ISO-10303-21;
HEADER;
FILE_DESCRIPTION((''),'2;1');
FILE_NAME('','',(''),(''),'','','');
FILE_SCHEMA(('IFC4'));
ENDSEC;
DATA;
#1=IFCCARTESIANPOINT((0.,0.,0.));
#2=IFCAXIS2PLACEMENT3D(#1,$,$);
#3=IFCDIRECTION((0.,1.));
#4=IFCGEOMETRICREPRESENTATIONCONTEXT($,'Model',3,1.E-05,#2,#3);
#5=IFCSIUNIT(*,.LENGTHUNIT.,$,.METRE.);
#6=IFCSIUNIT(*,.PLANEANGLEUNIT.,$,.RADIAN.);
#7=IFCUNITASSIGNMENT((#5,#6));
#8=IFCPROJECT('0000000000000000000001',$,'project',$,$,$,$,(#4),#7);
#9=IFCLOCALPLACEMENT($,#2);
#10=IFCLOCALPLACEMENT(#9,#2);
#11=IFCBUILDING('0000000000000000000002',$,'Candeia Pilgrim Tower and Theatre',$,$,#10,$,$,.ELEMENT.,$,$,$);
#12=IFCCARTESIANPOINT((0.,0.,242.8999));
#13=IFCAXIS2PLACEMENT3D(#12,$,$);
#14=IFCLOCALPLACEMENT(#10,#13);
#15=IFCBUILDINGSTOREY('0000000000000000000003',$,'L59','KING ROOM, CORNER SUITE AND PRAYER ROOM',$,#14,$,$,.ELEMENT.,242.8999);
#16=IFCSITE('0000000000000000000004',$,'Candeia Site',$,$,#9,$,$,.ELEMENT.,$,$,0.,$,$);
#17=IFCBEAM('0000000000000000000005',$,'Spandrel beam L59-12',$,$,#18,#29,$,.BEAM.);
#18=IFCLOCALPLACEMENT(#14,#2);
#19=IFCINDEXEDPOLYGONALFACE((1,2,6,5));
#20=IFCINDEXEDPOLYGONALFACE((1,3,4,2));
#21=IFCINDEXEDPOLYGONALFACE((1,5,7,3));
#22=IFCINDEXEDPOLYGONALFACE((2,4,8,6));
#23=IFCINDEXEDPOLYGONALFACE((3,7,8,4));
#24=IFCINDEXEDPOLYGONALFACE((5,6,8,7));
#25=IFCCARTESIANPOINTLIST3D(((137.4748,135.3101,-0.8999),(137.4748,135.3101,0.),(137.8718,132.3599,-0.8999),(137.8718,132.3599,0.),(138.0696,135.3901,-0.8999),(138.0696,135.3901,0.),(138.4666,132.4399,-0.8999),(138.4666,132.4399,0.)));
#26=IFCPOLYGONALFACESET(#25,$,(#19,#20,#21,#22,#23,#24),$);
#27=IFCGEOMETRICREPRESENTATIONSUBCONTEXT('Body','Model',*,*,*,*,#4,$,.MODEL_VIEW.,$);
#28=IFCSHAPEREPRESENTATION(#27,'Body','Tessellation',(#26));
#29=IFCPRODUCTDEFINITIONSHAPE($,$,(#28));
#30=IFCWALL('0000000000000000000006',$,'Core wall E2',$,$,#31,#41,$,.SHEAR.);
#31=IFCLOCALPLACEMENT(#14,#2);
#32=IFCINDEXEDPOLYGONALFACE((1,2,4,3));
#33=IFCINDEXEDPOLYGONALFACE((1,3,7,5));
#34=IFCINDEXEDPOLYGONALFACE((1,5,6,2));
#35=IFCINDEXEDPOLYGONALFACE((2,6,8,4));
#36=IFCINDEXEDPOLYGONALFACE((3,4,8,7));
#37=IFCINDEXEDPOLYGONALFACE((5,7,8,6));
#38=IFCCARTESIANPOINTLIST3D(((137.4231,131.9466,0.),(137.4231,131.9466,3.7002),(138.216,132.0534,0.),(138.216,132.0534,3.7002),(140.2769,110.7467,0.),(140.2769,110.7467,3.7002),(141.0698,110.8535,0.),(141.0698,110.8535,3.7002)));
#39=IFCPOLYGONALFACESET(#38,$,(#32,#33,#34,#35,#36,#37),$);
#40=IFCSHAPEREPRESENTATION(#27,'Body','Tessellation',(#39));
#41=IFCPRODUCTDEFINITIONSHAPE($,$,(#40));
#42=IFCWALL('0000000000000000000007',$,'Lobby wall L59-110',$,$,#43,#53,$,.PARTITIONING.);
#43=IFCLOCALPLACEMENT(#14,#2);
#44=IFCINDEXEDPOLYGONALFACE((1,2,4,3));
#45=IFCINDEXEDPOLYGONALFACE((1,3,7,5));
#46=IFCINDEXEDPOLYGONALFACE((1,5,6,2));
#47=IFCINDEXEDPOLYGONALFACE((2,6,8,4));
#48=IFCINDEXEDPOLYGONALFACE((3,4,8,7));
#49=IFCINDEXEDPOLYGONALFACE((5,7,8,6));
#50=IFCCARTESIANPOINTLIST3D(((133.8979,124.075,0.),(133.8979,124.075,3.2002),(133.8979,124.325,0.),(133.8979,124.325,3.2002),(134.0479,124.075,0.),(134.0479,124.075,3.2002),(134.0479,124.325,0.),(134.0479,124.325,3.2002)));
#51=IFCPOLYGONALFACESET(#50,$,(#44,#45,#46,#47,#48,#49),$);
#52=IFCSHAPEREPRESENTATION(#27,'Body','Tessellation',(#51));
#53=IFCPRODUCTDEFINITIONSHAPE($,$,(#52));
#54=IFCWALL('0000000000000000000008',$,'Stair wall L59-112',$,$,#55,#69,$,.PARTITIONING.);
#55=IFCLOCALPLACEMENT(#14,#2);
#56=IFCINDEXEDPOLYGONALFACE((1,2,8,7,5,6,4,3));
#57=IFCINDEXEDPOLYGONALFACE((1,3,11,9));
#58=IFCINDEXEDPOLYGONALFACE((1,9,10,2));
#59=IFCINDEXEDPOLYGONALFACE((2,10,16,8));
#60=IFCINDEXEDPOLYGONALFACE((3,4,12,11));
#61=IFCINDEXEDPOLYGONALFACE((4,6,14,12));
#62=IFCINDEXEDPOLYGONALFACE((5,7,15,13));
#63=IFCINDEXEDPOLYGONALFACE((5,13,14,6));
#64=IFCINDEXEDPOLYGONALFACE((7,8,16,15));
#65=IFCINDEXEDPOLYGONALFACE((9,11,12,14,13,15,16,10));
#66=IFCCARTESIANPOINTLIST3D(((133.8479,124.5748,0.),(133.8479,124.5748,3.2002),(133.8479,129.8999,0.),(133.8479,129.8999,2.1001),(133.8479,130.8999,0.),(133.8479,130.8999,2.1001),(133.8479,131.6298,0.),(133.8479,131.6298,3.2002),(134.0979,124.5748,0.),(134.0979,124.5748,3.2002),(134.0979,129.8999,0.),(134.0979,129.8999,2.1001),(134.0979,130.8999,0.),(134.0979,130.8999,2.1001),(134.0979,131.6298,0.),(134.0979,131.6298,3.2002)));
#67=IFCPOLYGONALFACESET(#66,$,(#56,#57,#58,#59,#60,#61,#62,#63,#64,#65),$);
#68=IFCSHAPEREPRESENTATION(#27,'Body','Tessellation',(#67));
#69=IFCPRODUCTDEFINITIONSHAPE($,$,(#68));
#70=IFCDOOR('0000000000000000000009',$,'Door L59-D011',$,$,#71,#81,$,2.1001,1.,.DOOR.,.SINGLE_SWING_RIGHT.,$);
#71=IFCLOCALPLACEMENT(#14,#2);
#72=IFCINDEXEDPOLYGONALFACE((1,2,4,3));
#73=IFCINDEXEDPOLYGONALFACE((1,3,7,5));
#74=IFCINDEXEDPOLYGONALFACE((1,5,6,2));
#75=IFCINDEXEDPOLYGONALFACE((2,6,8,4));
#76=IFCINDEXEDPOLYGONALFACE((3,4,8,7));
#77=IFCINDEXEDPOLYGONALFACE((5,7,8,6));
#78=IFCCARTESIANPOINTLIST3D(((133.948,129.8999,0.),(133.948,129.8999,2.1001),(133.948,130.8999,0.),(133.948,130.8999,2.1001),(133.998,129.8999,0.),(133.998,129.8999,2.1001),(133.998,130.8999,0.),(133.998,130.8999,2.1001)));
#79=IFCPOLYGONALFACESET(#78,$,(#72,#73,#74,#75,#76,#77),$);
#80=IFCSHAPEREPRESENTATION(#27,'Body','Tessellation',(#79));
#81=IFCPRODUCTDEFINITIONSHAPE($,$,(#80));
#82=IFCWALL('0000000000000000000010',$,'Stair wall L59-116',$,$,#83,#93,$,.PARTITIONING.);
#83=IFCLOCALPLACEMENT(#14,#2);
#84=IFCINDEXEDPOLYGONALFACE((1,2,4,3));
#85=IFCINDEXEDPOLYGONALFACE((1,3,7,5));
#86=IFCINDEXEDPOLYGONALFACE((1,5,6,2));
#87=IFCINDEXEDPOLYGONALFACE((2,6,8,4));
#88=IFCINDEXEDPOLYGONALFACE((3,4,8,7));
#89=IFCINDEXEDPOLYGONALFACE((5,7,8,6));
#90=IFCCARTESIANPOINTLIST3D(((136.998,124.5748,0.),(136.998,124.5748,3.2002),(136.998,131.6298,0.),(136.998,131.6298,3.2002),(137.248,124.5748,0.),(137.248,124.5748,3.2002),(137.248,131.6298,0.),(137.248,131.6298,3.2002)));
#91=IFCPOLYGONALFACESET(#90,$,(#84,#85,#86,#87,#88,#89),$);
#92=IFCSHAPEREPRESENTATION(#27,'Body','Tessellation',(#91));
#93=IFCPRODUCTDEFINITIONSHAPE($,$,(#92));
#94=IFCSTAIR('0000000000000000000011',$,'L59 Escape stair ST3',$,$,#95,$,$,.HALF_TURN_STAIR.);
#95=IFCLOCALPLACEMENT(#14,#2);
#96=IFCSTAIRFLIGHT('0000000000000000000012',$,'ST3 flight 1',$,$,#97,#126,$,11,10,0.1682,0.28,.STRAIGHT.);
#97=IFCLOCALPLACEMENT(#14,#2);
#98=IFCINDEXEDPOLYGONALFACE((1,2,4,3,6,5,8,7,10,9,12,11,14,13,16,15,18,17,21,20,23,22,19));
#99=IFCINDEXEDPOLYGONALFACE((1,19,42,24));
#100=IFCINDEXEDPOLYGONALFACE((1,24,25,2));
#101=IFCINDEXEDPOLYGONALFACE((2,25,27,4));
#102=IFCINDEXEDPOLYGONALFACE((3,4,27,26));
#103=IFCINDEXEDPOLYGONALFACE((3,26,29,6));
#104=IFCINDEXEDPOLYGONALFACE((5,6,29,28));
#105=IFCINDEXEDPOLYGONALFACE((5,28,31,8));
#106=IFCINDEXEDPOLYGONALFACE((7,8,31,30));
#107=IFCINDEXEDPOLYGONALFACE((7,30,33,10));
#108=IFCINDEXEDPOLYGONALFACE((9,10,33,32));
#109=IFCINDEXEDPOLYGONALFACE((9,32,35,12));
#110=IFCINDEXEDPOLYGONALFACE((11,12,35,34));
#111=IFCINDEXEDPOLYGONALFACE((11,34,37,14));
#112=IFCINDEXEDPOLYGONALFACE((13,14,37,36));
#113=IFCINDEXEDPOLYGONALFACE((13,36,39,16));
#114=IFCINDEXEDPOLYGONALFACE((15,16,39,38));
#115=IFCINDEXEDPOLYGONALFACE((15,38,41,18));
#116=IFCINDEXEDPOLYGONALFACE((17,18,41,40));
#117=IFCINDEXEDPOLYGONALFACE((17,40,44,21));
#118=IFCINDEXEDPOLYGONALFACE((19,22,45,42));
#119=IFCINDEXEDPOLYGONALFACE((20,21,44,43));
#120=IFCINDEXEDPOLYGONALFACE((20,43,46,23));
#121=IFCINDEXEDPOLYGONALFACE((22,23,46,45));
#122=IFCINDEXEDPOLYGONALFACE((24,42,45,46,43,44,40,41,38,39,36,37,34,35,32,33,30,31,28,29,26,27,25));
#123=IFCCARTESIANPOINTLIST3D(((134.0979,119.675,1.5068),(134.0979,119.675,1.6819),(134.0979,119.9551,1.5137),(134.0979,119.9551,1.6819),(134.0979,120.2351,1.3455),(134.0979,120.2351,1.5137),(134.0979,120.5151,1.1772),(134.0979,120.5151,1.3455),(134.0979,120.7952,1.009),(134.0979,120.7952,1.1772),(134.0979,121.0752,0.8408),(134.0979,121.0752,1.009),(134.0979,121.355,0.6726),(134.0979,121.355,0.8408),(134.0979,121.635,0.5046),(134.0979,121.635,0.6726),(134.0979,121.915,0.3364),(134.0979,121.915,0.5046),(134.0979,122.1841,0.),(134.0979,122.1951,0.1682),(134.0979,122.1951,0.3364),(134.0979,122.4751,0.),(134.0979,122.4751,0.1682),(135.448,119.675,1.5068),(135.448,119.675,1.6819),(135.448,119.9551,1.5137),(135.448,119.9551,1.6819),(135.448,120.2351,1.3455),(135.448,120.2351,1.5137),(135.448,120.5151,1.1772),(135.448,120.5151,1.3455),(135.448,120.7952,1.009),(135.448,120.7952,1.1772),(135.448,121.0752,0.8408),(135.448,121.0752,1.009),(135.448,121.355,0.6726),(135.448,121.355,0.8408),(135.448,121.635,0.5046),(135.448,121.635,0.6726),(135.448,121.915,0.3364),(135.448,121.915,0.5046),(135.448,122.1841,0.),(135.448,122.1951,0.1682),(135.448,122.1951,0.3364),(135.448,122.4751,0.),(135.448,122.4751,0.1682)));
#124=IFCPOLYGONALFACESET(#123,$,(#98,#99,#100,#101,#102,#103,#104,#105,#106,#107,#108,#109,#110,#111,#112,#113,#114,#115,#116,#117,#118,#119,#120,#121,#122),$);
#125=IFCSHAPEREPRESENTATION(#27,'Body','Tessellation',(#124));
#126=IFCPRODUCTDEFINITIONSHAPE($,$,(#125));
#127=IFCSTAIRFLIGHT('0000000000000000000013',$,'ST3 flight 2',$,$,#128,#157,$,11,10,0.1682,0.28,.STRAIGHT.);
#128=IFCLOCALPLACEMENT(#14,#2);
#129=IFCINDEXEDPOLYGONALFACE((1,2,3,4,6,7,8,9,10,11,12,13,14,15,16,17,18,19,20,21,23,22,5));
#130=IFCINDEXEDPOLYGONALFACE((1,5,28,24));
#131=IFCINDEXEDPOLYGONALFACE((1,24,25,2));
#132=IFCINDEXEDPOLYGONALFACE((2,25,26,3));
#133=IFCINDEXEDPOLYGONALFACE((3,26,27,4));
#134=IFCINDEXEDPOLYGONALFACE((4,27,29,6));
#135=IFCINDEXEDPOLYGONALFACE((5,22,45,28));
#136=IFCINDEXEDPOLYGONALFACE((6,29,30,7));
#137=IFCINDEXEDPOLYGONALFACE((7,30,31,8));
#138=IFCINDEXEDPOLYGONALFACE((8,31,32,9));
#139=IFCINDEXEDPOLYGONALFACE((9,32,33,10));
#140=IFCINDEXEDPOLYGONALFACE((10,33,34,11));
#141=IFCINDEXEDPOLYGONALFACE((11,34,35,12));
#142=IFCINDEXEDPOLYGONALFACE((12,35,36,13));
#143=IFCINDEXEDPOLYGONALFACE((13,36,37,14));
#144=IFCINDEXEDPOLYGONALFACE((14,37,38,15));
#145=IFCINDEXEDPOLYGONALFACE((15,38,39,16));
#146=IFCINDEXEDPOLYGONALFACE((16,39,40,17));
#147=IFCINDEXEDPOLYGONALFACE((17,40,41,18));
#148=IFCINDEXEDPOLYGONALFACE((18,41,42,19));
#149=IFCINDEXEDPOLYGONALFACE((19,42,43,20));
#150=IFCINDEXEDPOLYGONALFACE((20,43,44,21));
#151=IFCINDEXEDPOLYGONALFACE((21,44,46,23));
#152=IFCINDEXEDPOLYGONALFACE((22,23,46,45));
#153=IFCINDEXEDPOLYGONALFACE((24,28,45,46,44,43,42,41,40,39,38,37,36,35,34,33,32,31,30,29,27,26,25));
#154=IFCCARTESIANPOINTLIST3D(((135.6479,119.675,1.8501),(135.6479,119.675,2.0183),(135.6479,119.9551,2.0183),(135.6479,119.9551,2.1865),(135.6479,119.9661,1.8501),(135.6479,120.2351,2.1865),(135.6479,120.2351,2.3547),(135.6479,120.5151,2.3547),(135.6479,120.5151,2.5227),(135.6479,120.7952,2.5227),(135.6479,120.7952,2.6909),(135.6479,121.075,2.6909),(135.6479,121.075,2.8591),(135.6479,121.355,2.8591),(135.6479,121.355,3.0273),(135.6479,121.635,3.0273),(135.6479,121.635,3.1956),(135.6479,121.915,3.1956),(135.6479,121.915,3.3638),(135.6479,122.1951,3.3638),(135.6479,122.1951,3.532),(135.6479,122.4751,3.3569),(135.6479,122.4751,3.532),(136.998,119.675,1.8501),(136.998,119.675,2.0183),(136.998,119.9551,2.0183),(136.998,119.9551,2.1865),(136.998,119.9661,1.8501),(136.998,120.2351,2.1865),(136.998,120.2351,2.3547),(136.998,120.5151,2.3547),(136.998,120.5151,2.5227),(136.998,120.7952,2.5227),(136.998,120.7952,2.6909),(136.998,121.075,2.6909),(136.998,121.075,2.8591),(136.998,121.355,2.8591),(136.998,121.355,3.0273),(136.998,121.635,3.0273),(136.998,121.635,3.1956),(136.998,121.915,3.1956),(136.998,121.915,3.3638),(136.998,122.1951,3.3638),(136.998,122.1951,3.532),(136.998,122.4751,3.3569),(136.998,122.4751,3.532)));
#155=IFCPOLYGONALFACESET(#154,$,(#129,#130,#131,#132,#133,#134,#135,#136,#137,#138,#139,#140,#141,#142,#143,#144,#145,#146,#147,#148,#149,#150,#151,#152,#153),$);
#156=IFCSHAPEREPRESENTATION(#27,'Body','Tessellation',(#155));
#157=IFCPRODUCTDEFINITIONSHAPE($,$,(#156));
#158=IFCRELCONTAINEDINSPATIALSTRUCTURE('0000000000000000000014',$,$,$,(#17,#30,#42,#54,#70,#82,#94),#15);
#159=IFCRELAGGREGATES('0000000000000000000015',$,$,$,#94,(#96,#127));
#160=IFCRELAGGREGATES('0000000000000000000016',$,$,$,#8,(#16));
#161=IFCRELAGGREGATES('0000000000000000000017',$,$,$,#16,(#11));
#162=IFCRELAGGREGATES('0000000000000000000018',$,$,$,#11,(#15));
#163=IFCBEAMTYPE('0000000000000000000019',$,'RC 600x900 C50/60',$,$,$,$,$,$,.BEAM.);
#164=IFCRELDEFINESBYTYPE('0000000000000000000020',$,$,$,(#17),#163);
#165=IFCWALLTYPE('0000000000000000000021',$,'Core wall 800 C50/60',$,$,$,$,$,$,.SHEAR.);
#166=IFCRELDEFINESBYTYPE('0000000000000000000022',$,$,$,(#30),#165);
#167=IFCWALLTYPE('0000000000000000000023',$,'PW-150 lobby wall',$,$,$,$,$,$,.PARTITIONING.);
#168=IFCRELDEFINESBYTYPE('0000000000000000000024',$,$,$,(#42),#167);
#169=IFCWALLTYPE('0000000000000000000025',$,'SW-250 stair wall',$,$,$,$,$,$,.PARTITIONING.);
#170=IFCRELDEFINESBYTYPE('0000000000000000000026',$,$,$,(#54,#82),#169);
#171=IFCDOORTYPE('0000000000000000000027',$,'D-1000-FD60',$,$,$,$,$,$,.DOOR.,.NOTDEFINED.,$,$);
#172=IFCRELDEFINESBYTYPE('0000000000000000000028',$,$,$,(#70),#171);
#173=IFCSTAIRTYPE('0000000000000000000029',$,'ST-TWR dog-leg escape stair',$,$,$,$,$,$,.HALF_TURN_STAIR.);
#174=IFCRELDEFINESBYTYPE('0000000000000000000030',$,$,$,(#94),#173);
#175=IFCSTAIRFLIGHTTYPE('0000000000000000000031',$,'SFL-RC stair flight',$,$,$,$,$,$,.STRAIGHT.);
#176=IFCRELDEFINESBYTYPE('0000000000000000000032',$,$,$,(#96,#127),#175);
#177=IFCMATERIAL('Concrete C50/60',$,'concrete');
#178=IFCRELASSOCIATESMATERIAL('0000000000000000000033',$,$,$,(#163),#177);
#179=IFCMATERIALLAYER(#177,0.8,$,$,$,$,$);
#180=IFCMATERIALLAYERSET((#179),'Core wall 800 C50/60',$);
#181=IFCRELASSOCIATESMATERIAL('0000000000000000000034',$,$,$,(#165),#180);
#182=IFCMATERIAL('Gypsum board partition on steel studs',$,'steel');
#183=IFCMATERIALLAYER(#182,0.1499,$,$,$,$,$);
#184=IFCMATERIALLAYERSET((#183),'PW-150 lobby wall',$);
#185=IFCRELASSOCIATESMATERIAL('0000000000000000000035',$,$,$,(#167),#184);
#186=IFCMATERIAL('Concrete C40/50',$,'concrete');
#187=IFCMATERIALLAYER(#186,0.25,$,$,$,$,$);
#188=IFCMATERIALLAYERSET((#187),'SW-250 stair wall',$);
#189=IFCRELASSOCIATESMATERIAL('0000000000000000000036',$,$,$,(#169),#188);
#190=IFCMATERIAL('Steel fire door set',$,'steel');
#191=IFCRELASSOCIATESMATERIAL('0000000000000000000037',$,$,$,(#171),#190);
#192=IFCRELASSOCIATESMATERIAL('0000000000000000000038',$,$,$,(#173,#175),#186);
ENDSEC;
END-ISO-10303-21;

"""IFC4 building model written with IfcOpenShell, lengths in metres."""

from ifc_helpers import new_model, si_unit, direction, frame, frame_2d, origin, origin_2d, place, context, subcontext, project, spatial, polyline, rectangle, outline, extrude, material, layer, layer_set, material_profile, profile_set, type_object, element, fill, aggregate, save


model = new_model("IFC4")

# Units and contexts
model_context = context("Model", 3, precision=1e-05, world=origin(), true_north=direction((0.0, 1.0)))
body_context = subcontext(model_context, "Body", "Model", "MODEL_VIEW")
ifc_project = project(units=[si_unit("LENGTHUNIT", "METRE"), si_unit("PLANEANGLEUNIT", "RADIAN")], contexts=[model_context])

# Site, building, storey
site_placement = place(None, origin())
site = spatial("IfcSite", under=ifc_project, at=site_placement, Name="Candeia Site", CompositionType="ELEMENT", RefElevation=0.0)
building_placement = place(site_placement, origin())
building = spatial("IfcBuilding", under=site, at=building_placement, Name="Candeia Pilgrim Tower and Theatre", CompositionType="ELEMENT")
storey_placement = place(building_placement, frame((0.0, 0.0, 242.8999)))
storey = spatial("IfcBuildingStorey", under=building, at=storey_placement, Name="L59", Description="KING ROOM, CORNER SUITE AND PRAYER ROOM", CompositionType="ELEMENT", Elevation=242.8999)

# Beam
ifc_material_1 = material(Name="Concrete C50/60", Category="concrete")
ifc_material_profile = material_profile(ifc_material_1, rectangle(XDim=0.6001, YDim=0.8999, at=origin_2d()))
ifc_profile_set = profile_set([ifc_material_profile], Name="Concrete C50/60")
beam_type = type_object("IfcBeamType", Name="RC 600x900 C50/60", PredefinedType="BEAM", material=ifc_profile_set)
beam_placement = place(storey_placement, frame((138.1692, 132.3999, -0.45), z_axis=(-0.133356, 0.991068, 0.0), x_axis=(-0.991068, -0.133356, 0.0)))
element("IfcBeam", 1, at=beam_placement, inside=storey, type_object=beam_type, Name="Spandrel beam L59-12", PredefinedType="BEAM", context=body_context, shape_type="SweptSolid", body=[
    extrude(rectangle(XDim=0.6001, YDim=0.8999, at=origin_2d()), origin(), (0.0, 0.0, 1.0), 2.9768),
])

# Wall
ifc_layer_1 = layer(ifc_material_1, 0.8)
ifc_layer_set_1 = layer_set([ifc_layer_1], Name="Core wall 800 C50/60")
wall_type_1 = type_object("IfcWallType", Name="Core wall 800 C50/60", PredefinedType="SHEAR", material=ifc_layer_set_1)
wall_1_placement = place(storey_placement, frame((137.8196, 132.0, 0.0), z_axis=(0.0, 0.0, 1.0), x_axis=(0.133408, -0.991061, 0.0)))
element("IfcWall", 2, at=wall_1_placement, inside=storey, type_object=wall_type_1, Name="Core wall E2", PredefinedType="SHEAR", context=body_context, shape_type="SweptSolid", body=[
    extrude(rectangle(XDim=21.3911, YDim=0.8, at=frame_2d((10.6956, 0.0))), origin(), (0.0, 0.0, 1.0), 3.7002),
])

# Wall
ifc_material_2 = material(Name="Gypsum board partition on steel studs", Category="steel")
ifc_layer_2 = layer(ifc_material_2, 0.1499)
ifc_layer_set_2 = layer_set([ifc_layer_2], Name="PW-150 lobby wall")
wall_type_2 = type_object("IfcWallType", Name="PW-150 lobby wall", PredefinedType="PARTITIONING", material=ifc_layer_set_2)
wall_2_placement = place(storey_placement, frame((133.9729, 124.075, 0.0), z_axis=(0.0, 0.0, 1.0), x_axis=(0.0, 1.0, 0.0)))
element("IfcWall", 3, at=wall_2_placement, inside=storey, type_object=wall_type_2, Name="Lobby wall L59-110", PredefinedType="PARTITIONING", context=body_context, shape_type="SweptSolid", body=[
    extrude(rectangle(XDim=0.25, YDim=0.1499, at=frame_2d((0.125, 0.0))), origin(), (0.0, 0.0, 1.0), 3.2002),
])

# Wall, opening, door
ifc_material_3 = material(Name="Concrete C40/50", Category="concrete")
ifc_layer_3 = layer(ifc_material_3, 0.25)
ifc_layer_set_3 = layer_set([ifc_layer_3], Name="SW-250 stair wall")
wall_type_3 = type_object("IfcWallType", Name="SW-250 stair wall", PredefinedType="PARTITIONING", material=ifc_layer_set_3)
wall_3_placement = place(storey_placement, frame((133.9729, 124.575, 0.0), z_axis=(0.0, 0.0, 1.0), x_axis=(0.0, 1.0, 0.0)))
wall_3 = element("IfcWall", 4, at=wall_3_placement, inside=storey, type_object=wall_type_3, Name="Stair wall L59-112", PredefinedType="PARTITIONING", context=body_context, shape_type="SweptSolid", body=[
    extrude(rectangle(XDim=7.0549, YDim=0.25, at=frame_2d((3.5273, 0.0))), origin(), (0.0, 0.0, 1.0), 3.2002),
])
opening_1_placement = place(wall_3_placement, frame((5.325, 0.0, 0.0)))
opening_1 = element("IfcOpeningElement", 5, at=opening_1_placement, cuts=wall_3, PredefinedType="OPENING", context=body_context, shape_type="SweptSolid", body=[
    extrude(rectangle(XDim=1.0, YDim=2.1001, at=frame_2d((0.5, 1.05))), frame((0.0, 0.135, 0.0), z_axis=(0.0, -1.0, 0.0), x_axis=(1.0, 0.0, 0.0)), (0.0, 0.0, 1.0), 0.27),
])
ifc_material_4 = material(Name="Steel fire door set", Category="steel")
door_type_1 = type_object("IfcDoorType", Name="D-1000-FD60", OperationType="NOTDEFINED", PredefinedType="DOOR", material=ifc_material_4)
door_1_placement = place(opening_1_placement, origin())
door_1 = element("IfcDoor", 6, at=door_1_placement, inside=storey, type_object=door_type_1, Name="Door L59-D011", OperationType="SINGLE_SWING_RIGHT", OverallHeight=2.1001, OverallWidth=1.0, PredefinedType="DOOR", context=body_context, shape_type="SweptSolid", body=[
    extrude(rectangle(XDim=1.0, YDim=2.1001, at=frame_2d((0.5, 1.05))), frame((0.0, 0.0249, 0.0), z_axis=(0.0, -1.0, 0.0), x_axis=(1.0, 0.0, 0.0)), (0.0, 0.0, 1.0), 0.05),
])
fill(opening_1, door_1)

# Wall
wall_4_placement = place(storey_placement, frame((137.123, 124.575, 0.0), z_axis=(0.0, 0.0, 1.0), x_axis=(0.0, 1.0, 0.0)))
element("IfcWall", 7, at=wall_4_placement, inside=storey, type_object=wall_type_3, Name="Stair wall L59-116", PredefinedType="PARTITIONING", context=body_context, shape_type="SweptSolid", body=[
    extrude(rectangle(XDim=7.0549, YDim=0.25, at=frame_2d((3.5273, 0.0))), origin(), (0.0, 0.0, 1.0), 3.2002),
])

# Stair, stair flights
stair_type = type_object("IfcStairType", Name="ST-TWR dog-leg escape stair", PredefinedType="HALF_TURN_STAIR", material=ifc_material_3)
stair_1_placement = place(storey_placement, origin())
stair_1 = element("IfcStair", 8, at=stair_1_placement, inside=storey, type_object=stair_type, Name="L59 Escape stair ST3", PredefinedType="HALF_TURN_STAIR")
stair_flight_type = type_object("IfcStairFlightType", Name="SFL-RC stair flight", PredefinedType="STRAIGHT", material=ifc_material_3)
stair_flight_1_placement = place(storey_placement, frame((134.7729, 122.4751, 0.0), z_axis=(0.0, 0.0, 1.0), x_axis=(0.0, -1.0, 0.0)))
stair_flight_1 = element("IfcStairFlight", 9, at=stair_flight_1_placement, type_object=stair_flight_type, Name="ST3 flight 1", NumberOfRisers=11, NumberOfTreads=10, PredefinedType="STRAIGHT", RiserHeight=0.1682, TreadLength=0.28, context=body_context, shape_type="SweptSolid", body=[
    extrude(outline(polyline([(0.0, 0.0), (0.0, 0.1682), (0.28, 0.1682), (0.28, 0.3364), (0.5601, 0.3364), (0.5601, 0.5046), (0.8401, 0.5046), (0.8401, 0.6726), (1.1201, 0.6726), (1.1201, 0.8408), (1.3999, 0.8408), (1.3999, 1.009), (1.6799, 1.009), (1.6799, 1.1772), (1.96, 1.1772), (1.96, 1.3455), (2.24, 1.3455), (2.24, 1.5137), (2.52, 1.5137), (2.52, 1.6819), (2.8, 1.6819), (2.8, 1.8501), (2.8, 1.5068), (0.291, 0.0), (0.0, 0.0)])), frame((0.0, 0.675, 0.0), z_axis=(0.0, -1.0, 0.0), x_axis=(1.0, 0.0, 0.0)), (0.0, 0.0, 1.0), 1.3501),
])
stair_flight_2_placement = place(storey_placement, frame((136.323, 119.675, 1.8501), z_axis=(0.0, 0.0, 1.0), x_axis=(0.0, 1.0, 0.0)))
stair_flight_2 = element("IfcStairFlight", 10, at=stair_flight_2_placement, type_object=stair_flight_type, Name="ST3 flight 2", NumberOfRisers=11, NumberOfTreads=10, PredefinedType="STRAIGHT", RiserHeight=0.1682, TreadLength=0.28, context=body_context, shape_type="SweptSolid", body=[
    extrude(outline(polyline([(0.0, 0.0), (0.0, 0.1682), (0.28, 0.1682), (0.28, 0.3364), (0.5601, 0.3364), (0.5601, 0.5046), (0.8401, 0.5046), (0.8401, 0.6726), (1.1201, 0.6726), (1.1201, 0.8408), (1.3999, 0.8408), (1.3999, 1.009), (1.6799, 1.009), (1.6799, 1.1772), (1.96, 1.1772), (1.96, 1.3455), (2.24, 1.3455), (2.24, 1.5137), (2.52, 1.5137), (2.52, 1.6819), (2.8, 1.6819), (2.8, 1.8501), (2.8, 1.5068), (0.291, 0.0), (0.0, 0.0)])), frame((0.0, 0.675, 0.0), z_axis=(0.0, -1.0, 0.0), x_axis=(1.0, 0.0, 0.0)), (0.0, 0.0, 1.0), 1.3501),
])
aggregate(stair_1, [stair_flight_1, stair_flight_2])

save(model, "model.ifc")
